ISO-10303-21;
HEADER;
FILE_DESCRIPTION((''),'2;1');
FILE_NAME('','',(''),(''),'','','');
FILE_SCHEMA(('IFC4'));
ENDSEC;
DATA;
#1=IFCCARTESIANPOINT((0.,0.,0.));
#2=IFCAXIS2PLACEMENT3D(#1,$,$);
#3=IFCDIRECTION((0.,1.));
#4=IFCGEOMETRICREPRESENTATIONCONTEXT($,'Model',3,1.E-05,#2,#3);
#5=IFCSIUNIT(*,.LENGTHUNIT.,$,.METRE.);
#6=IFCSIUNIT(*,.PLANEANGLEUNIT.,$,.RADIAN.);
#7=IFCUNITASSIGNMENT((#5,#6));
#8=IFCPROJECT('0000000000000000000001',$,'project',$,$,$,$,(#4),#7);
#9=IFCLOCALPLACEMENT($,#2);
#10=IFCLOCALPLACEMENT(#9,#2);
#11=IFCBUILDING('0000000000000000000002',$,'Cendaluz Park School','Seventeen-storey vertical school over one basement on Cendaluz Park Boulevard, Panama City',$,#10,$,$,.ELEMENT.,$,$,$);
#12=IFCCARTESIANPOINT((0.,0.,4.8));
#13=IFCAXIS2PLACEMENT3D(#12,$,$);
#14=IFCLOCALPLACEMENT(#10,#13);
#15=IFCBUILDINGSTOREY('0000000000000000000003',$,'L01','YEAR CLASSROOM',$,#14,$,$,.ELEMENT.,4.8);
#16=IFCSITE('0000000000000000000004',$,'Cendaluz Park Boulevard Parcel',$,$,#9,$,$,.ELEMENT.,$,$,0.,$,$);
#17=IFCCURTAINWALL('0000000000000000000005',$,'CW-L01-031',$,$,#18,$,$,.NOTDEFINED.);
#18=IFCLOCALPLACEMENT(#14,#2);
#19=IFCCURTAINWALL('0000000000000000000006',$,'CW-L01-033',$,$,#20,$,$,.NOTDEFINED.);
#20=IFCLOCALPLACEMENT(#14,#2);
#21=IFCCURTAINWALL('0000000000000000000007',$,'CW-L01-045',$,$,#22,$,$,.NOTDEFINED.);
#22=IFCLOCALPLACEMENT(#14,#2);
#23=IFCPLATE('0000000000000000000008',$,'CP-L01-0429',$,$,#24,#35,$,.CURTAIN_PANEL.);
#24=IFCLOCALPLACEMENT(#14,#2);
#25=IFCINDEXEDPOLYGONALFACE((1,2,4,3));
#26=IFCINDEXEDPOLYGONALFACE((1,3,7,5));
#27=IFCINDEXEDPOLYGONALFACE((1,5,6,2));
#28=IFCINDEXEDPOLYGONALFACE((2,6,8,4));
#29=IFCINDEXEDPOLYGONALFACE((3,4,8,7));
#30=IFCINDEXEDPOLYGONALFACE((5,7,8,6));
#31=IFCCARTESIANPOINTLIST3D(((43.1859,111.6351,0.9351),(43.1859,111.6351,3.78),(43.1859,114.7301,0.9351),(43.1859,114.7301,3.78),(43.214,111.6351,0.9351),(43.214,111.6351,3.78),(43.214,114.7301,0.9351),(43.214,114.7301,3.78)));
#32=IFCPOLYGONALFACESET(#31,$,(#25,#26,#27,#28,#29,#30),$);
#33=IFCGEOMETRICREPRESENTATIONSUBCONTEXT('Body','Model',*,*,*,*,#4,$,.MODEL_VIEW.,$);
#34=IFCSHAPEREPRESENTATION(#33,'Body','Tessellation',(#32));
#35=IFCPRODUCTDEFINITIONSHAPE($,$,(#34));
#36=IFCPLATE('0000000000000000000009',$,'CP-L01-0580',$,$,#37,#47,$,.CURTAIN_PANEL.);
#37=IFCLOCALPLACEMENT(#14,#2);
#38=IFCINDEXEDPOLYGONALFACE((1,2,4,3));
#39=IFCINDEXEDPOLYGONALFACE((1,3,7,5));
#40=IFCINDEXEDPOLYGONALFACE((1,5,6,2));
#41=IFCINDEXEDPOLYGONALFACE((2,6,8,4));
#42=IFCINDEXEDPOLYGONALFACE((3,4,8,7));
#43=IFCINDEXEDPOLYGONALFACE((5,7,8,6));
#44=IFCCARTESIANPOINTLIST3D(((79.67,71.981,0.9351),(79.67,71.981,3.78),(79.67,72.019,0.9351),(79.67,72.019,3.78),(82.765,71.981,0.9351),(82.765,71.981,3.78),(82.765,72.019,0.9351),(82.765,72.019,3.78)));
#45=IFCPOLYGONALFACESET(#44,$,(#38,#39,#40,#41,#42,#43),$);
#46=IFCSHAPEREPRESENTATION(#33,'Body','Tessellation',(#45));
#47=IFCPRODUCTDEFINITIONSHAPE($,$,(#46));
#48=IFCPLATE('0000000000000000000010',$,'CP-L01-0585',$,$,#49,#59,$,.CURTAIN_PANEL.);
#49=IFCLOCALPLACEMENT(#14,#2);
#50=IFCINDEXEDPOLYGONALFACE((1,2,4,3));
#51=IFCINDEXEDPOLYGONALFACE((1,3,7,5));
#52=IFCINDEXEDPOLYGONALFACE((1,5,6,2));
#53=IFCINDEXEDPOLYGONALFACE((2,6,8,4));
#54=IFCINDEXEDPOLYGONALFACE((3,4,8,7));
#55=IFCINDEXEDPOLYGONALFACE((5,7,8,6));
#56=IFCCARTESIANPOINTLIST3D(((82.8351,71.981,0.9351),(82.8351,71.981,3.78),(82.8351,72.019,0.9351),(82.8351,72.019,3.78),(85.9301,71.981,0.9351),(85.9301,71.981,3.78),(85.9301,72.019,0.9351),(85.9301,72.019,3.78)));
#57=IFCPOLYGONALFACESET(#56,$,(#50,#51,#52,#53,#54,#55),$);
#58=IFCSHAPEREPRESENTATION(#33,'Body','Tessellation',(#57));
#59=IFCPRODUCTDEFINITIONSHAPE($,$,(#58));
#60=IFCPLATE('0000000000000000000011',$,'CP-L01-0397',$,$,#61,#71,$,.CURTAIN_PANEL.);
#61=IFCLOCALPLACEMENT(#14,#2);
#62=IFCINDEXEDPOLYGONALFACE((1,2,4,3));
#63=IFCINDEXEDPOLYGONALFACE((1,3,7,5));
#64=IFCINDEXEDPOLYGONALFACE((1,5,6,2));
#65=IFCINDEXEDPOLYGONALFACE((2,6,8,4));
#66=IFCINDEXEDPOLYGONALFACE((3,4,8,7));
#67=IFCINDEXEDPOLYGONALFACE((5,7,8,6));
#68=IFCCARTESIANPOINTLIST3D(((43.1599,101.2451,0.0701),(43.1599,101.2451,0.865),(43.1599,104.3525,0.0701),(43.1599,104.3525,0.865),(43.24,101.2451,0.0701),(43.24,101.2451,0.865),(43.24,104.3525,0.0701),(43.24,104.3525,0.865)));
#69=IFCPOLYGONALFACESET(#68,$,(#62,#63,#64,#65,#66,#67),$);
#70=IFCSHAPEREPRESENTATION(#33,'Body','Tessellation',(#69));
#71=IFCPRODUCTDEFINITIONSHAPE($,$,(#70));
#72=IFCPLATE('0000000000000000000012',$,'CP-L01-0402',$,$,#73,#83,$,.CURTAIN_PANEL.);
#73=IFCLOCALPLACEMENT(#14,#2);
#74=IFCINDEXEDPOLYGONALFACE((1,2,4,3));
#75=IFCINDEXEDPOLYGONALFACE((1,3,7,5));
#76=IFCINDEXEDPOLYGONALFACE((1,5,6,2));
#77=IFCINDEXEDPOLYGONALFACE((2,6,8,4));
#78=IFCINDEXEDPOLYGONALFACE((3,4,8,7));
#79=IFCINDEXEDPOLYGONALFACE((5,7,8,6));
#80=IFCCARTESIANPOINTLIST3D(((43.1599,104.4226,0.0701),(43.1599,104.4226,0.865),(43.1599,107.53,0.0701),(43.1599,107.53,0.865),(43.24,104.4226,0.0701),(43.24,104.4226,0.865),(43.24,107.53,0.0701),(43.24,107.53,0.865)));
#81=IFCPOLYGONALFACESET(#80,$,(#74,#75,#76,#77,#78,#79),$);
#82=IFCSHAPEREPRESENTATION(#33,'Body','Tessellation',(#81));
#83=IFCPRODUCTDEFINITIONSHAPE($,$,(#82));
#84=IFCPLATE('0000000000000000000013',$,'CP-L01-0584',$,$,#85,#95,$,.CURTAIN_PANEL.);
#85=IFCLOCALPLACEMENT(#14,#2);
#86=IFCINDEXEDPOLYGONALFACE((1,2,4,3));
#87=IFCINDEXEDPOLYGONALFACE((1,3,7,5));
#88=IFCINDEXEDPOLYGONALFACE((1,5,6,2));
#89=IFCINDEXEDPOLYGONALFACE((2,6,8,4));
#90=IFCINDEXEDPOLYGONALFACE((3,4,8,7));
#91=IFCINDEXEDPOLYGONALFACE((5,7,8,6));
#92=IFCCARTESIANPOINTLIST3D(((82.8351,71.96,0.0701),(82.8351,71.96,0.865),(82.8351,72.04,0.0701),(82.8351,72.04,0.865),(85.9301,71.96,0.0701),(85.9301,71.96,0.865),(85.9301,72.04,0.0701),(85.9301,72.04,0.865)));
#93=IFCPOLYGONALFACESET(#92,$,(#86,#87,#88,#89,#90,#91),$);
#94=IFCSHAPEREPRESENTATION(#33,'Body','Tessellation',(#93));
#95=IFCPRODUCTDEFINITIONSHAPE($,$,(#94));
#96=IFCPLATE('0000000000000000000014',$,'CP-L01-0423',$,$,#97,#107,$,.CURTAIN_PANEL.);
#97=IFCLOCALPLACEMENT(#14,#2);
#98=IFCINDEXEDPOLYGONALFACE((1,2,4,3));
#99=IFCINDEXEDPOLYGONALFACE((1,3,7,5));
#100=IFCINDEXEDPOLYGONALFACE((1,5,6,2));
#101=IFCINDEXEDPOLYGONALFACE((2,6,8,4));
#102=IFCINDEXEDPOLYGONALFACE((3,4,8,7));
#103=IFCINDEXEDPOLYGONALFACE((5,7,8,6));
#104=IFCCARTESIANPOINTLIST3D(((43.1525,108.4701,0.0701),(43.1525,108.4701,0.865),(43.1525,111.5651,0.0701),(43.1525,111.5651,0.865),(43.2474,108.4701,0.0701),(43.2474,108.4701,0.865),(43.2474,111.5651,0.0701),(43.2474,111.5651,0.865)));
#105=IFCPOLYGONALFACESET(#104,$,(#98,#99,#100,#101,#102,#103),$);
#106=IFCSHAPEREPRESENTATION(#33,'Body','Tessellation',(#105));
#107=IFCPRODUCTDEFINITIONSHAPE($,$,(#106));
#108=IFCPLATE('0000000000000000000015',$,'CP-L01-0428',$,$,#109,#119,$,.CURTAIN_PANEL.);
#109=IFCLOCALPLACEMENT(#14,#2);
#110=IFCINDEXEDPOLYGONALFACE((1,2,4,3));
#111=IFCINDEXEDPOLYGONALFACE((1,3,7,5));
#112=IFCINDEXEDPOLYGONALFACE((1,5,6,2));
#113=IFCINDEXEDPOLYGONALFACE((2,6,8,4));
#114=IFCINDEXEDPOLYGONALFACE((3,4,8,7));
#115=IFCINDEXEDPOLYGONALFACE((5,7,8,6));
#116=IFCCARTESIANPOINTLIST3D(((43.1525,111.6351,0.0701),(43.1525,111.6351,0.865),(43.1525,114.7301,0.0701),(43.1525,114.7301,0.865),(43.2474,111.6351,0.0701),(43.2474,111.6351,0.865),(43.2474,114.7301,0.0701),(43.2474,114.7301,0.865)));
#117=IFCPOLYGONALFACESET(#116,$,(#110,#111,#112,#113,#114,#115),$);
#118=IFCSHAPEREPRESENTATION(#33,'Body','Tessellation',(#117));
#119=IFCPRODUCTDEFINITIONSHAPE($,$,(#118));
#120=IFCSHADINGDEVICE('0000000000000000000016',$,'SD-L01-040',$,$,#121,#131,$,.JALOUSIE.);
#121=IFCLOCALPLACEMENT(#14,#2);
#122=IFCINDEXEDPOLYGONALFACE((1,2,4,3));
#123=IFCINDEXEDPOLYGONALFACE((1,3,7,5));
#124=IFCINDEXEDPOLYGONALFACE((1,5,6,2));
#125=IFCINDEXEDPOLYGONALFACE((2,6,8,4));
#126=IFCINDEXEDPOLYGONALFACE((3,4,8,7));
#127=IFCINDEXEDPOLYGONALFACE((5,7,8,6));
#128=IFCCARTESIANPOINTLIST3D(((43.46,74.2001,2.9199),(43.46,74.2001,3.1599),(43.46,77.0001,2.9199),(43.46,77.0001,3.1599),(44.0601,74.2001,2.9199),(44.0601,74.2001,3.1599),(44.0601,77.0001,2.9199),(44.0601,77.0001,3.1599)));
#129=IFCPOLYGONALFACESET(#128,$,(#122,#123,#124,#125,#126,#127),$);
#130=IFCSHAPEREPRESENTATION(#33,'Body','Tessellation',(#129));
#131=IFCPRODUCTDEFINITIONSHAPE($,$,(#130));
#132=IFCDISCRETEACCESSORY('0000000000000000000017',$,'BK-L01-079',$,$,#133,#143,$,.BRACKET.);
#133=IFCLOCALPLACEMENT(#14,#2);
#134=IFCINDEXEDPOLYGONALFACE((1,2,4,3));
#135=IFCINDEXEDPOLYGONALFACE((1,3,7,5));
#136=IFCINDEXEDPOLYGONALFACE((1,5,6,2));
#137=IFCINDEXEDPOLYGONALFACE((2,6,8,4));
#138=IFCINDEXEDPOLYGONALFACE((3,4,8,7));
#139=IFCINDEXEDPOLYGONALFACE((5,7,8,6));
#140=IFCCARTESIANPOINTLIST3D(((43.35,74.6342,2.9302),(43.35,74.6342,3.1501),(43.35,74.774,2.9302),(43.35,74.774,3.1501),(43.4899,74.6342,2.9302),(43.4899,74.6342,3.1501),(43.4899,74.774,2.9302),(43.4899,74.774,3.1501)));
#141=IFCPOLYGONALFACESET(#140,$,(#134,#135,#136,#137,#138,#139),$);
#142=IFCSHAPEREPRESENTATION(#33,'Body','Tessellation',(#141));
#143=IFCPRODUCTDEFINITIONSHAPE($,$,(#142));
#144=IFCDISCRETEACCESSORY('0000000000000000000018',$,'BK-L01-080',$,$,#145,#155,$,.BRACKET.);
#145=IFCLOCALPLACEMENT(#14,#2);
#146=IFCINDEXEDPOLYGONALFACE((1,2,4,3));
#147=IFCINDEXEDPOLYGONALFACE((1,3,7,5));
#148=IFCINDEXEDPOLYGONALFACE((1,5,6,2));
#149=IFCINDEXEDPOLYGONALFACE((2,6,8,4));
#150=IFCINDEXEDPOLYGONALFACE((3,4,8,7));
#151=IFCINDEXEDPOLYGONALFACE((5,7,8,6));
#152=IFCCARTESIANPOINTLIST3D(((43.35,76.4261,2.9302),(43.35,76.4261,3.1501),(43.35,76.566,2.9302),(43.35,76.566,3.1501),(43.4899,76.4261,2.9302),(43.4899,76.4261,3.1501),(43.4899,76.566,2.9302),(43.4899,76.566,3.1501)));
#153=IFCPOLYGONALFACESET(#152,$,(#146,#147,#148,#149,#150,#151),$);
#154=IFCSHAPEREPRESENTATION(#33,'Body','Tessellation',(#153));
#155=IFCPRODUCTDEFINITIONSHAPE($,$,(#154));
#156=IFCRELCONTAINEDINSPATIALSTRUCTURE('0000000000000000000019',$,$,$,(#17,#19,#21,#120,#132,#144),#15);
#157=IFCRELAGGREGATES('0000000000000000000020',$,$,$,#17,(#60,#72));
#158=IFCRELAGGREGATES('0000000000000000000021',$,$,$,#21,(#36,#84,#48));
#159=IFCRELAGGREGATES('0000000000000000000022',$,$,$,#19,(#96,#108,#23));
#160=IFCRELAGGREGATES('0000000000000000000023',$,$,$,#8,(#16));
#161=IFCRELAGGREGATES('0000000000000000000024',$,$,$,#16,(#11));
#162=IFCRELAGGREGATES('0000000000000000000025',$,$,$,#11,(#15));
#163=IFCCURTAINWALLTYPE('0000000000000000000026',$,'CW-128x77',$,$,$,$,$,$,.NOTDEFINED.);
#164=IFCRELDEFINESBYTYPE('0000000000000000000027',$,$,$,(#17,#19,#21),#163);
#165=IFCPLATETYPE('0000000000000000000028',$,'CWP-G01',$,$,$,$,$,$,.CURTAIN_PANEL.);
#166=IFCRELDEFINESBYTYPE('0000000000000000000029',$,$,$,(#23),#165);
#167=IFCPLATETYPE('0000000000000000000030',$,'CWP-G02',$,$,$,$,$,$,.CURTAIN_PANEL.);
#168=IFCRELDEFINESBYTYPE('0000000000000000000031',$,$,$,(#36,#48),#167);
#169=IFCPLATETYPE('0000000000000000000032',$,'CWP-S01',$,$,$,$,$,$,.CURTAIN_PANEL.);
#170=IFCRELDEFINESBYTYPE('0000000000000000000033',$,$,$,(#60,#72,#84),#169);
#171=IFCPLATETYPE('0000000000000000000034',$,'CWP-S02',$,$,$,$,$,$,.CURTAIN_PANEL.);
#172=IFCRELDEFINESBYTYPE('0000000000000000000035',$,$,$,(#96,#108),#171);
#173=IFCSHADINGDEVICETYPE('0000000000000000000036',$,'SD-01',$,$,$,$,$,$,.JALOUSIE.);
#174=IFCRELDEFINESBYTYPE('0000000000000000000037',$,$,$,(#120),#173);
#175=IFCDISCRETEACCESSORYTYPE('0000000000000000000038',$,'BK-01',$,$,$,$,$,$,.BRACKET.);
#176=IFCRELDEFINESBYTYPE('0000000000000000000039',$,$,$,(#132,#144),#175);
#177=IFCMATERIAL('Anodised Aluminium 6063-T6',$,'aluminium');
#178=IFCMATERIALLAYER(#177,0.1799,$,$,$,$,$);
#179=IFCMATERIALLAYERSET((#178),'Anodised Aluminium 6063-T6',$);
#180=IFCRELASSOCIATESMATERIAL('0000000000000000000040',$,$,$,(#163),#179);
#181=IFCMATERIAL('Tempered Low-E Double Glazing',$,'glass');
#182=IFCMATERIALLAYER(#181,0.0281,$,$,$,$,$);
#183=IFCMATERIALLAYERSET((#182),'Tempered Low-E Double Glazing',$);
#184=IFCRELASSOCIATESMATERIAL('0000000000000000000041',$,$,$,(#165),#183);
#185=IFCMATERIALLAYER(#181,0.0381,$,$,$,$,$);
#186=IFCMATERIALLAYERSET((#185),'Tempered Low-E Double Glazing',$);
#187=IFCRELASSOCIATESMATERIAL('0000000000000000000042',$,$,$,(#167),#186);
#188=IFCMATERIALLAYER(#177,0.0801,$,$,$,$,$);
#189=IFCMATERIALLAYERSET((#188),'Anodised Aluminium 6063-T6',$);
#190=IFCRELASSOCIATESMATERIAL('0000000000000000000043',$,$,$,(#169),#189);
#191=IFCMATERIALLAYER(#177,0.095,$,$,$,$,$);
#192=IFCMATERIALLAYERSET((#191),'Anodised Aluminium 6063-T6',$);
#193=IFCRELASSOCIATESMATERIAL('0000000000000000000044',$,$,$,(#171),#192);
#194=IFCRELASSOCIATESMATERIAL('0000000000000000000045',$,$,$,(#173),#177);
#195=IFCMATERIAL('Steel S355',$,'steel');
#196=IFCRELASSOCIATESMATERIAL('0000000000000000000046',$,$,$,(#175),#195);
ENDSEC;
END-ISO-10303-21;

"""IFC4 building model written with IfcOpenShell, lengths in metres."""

from ifc_helpers import new_model, si_unit, direction, frame, origin, origin_2d, place, context, subcontext, project, spatial, rectangle, extrude, material, layer, layer_set, type_object, element, aggregate, save


model = new_model("IFC4")

# Units and contexts
model_context = context("Model", 3, precision=1e-05, world=origin(), true_north=direction((0.0, 1.0)))
body_context = subcontext(model_context, "Body", "Model", "MODEL_VIEW")
ifc_project = project(units=[si_unit("LENGTHUNIT", "METRE"), si_unit("PLANEANGLEUNIT", "RADIAN")], contexts=[model_context])

# Site, building, storey
site_placement = place(None, origin())
site = spatial("IfcSite", under=ifc_project, at=site_placement, Name="Cendaluz Park Boulevard Parcel", CompositionType="ELEMENT", RefElevation=0.0)
building_placement = place(site_placement, origin())
building = spatial("IfcBuilding", under=site, at=building_placement, Name="Cendaluz Park School", Description="Seventeen-storey vertical school over one basement on Cendaluz Park Boulevard, Panama City", CompositionType="ELEMENT")
storey_placement = place(building_placement, frame((0.0, 0.0, 4.8)))
storey = spatial("IfcBuildingStorey", under=building, at=storey_placement, Name="L01", Description="YEAR CLASSROOM", CompositionType="ELEMENT", Elevation=4.8)

# Curtain walls
ifc_material_1 = material(Name="Anodised Aluminium 6063-T6", Category="aluminium")
ifc_layer_1 = layer(ifc_material_1, 0.1799)
ifc_layer_set_1 = layer_set([ifc_layer_1], Name="Anodised Aluminium 6063-T6")
curtain_wall_type = type_object("IfcCurtainWallType", Name="CW-128x77", PredefinedType="NOTDEFINED", material=ifc_layer_set_1)
curtain_wall_1_placement = place(storey_placement, origin())
curtain_wall_1 = element("IfcCurtainWall", 1, at=curtain_wall_1_placement, inside=storey, type_object=curtain_wall_type, Name="CW-L01-031", PredefinedType="NOTDEFINED")
curtain_wall_2_placement = place(storey_placement, origin())
curtain_wall_2 = element("IfcCurtainWall", 2, at=curtain_wall_2_placement, inside=storey, type_object=curtain_wall_type, Name="CW-L01-033", PredefinedType="NOTDEFINED")
curtain_wall_3_placement = place(storey_placement, origin())
curtain_wall_3 = element("IfcCurtainWall", 3, at=curtain_wall_3_placement, inside=storey, type_object=curtain_wall_type, Name="CW-L01-045", PredefinedType="NOTDEFINED")

# Plates
ifc_material_2 = material(Name="Tempered Low-E Double Glazing", Category="glass")
ifc_layer_2 = layer(ifc_material_2, 0.0281)
ifc_layer_set_2 = layer_set([ifc_layer_2], Name="Tempered Low-E Double Glazing")
plate_type_1 = type_object("IfcPlateType", Name="CWP-G01", PredefinedType="CURTAIN_PANEL", material=ifc_layer_set_2)
plate_1_placement = place(storey_placement, frame((43.2, 113.1826, 0.9351), z_axis=(0.0, 0.0, 1.0), x_axis=(0.0, 1.0, 0.0)))
plate_1 = element("IfcPlate", 4, at=plate_1_placement, type_object=plate_type_1, Name="CP-L01-0429", PredefinedType="CURTAIN_PANEL", context=body_context, shape_type="SweptSolid", body=[
    extrude(rectangle(XDim=3.095, YDim=0.0281, at=origin_2d()), origin(), (0.0, 0.0, 1.0), 2.845),
])
ifc_layer_3 = layer(ifc_material_2, 0.0381)
ifc_layer_set_3 = layer_set([ifc_layer_3], Name="Tempered Low-E Double Glazing")
plate_type_2 = type_object("IfcPlateType", Name="CWP-G02", PredefinedType="CURTAIN_PANEL", material=ifc_layer_set_3)
plate_2_placement = place(storey_placement, frame((81.2175, 72.0, 0.9351), z_axis=(0.0, 0.0, 1.0), x_axis=(1.0, 0.0, 0.0)))
plate_2 = element("IfcPlate", 5, at=plate_2_placement, type_object=plate_type_2, Name="CP-L01-0580", PredefinedType="CURTAIN_PANEL", context=body_context, shape_type="SweptSolid", body=[
    extrude(rectangle(XDim=3.095, YDim=0.0381, at=origin_2d()), origin(), (0.0, 0.0, 1.0), 2.845),
])
plate_3_placement = place(storey_placement, frame((84.3826, 72.0, 0.9351), z_axis=(0.0, 0.0, 1.0), x_axis=(1.0, 0.0, 0.0)))
plate_3 = element("IfcPlate", 6, at=plate_3_placement, type_object=plate_type_2, Name="CP-L01-0585", PredefinedType="CURTAIN_PANEL", context=body_context, shape_type="SweptSolid", body=[
    extrude(rectangle(XDim=3.095, YDim=0.0381, at=origin_2d()), origin(), (0.0, 0.0, 1.0), 2.845),
])
ifc_layer_4 = layer(ifc_material_1, 0.0801)
ifc_layer_set_4 = layer_set([ifc_layer_4], Name="Anodised Aluminium 6063-T6")
plate_type_3 = type_object("IfcPlateType", Name="CWP-S01", PredefinedType="CURTAIN_PANEL", material=ifc_layer_set_4)
plate_4_placement = place(storey_placement, frame((43.2, 102.7988, 0.0701), z_axis=(0.0, 0.0, 1.0), x_axis=(0.0, 1.0, 0.0)))
plate_4 = element("IfcPlate", 7, at=plate_4_placement, type_object=plate_type_3, Name="CP-L01-0397", PredefinedType="CURTAIN_PANEL", context=body_context, shape_type="SweptSolid", body=[
    extrude(rectangle(XDim=3.1074, YDim=0.0801, at=origin_2d()), origin(), (0.0, 0.0, 1.0), 0.7949),
])
plate_5_placement = place(storey_placement, frame((43.2, 105.9763, 0.0701), z_axis=(0.0, 0.0, 1.0), x_axis=(0.0, 1.0, 0.0)))
plate_5 = element("IfcPlate", 8, at=plate_5_placement, type_object=plate_type_3, Name="CP-L01-0402", PredefinedType="CURTAIN_PANEL", context=body_context, shape_type="SweptSolid", body=[
    extrude(rectangle(XDim=3.1074, YDim=0.0801, at=origin_2d()), origin(), (0.0, 0.0, 1.0), 0.7949),
])
aggregate(curtain_wall_1, [plate_4, plate_5])
plate_6_placement = place(storey_placement, frame((84.3826, 72.0, 0.0701), z_axis=(0.0, 0.0, 1.0), x_axis=(1.0, 0.0, 0.0)))
plate_6 = element("IfcPlate", 9, at=plate_6_placement, type_object=plate_type_3, Name="CP-L01-0584", PredefinedType="CURTAIN_PANEL", context=body_context, shape_type="SweptSolid", body=[
    extrude(rectangle(XDim=3.095, YDim=0.0801, at=origin_2d()), origin(), (0.0, 0.0, 1.0), 0.7949),
])
aggregate(curtain_wall_3, [plate_2, plate_6, plate_3])
ifc_layer_5 = layer(ifc_material_1, 0.095)
ifc_layer_set_5 = layer_set([ifc_layer_5], Name="Anodised Aluminium 6063-T6")
plate_type_4 = type_object("IfcPlateType", Name="CWP-S02", PredefinedType="CURTAIN_PANEL", material=ifc_layer_set_5)
plate_7_placement = place(storey_placement, frame((43.2, 110.0176, 0.0701), z_axis=(0.0, 0.0, 1.0), x_axis=(0.0, 1.0, 0.0)))
plate_7 = element("IfcPlate", 10, at=plate_7_placement, type_object=plate_type_4, Name="CP-L01-0423", PredefinedType="CURTAIN_PANEL", context=body_context, shape_type="SweptSolid", body=[
    extrude(rectangle(XDim=3.095, YDim=0.095, at=origin_2d()), origin(), (0.0, 0.0, 1.0), 0.7949),
])
plate_8_placement = place(storey_placement, frame((43.2, 113.1826, 0.0701), z_axis=(0.0, 0.0, 1.0), x_axis=(0.0, 1.0, 0.0)))
plate_8 = element("IfcPlate", 11, at=plate_8_placement, type_object=plate_type_4, Name="CP-L01-0428", PredefinedType="CURTAIN_PANEL", context=body_context, shape_type="SweptSolid", body=[
    extrude(rectangle(XDim=3.095, YDim=0.095, at=origin_2d()), origin(), (0.0, 0.0, 1.0), 0.7949),
])
aggregate(curtain_wall_2, [plate_7, plate_8, plate_1])

# Shading device
shading_device_type = type_object("IfcShadingDeviceType", Name="SD-01", PredefinedType="JALOUSIE", material=ifc_material_1)
shading_device_placement = place(storey_placement, frame((43.76, 75.6001, 2.9199), z_axis=(0.0, 0.0, 1.0), x_axis=(0.0, 1.0, 0.0)))
element("IfcShadingDevice", 12, at=shading_device_placement, inside=storey, type_object=shading_device_type, Name="SD-L01-040", PredefinedType="JALOUSIE", context=body_context, shape_type="SweptSolid", body=[
    extrude(rectangle(XDim=2.8, YDim=0.6001, at=origin_2d()), origin(), (0.0, 0.0, 1.0), 0.24),
])

# Discrete accessories
ifc_material_3 = material(Name="Steel S355", Category="steel")
discrete_accessory_type = type_object("IfcDiscreteAccessoryType", Name="BK-01", PredefinedType="BRACKET", material=ifc_material_3)
for number, where, z_axis, x_axis, name in (
    (13, (43.4199, 74.7041, 2.9302), (0.0, 0.0, 1.0), (0.0, 1.0, 0.0), "BK-L01-079"),
    (14, (43.4199, 76.4961, 2.9302), (0.0, 0.0, 1.0), (0.0, 1.0, 0.0), "BK-L01-080"),
):
    element("IfcDiscreteAccessory", number, at=place(storey_placement, frame(where, z_axis=z_axis, x_axis=x_axis)), inside=storey, type_object=discrete_accessory_type, Name=name, PredefinedType="BRACKET", context=body_context, shape_type="SweptSolid", body=[
        extrude(rectangle(XDim=0.1399, YDim=0.1399, at=origin_2d()), origin(), (0.0, 0.0, 1.0), 0.22),
    ])

save(model, "model.ifc")
